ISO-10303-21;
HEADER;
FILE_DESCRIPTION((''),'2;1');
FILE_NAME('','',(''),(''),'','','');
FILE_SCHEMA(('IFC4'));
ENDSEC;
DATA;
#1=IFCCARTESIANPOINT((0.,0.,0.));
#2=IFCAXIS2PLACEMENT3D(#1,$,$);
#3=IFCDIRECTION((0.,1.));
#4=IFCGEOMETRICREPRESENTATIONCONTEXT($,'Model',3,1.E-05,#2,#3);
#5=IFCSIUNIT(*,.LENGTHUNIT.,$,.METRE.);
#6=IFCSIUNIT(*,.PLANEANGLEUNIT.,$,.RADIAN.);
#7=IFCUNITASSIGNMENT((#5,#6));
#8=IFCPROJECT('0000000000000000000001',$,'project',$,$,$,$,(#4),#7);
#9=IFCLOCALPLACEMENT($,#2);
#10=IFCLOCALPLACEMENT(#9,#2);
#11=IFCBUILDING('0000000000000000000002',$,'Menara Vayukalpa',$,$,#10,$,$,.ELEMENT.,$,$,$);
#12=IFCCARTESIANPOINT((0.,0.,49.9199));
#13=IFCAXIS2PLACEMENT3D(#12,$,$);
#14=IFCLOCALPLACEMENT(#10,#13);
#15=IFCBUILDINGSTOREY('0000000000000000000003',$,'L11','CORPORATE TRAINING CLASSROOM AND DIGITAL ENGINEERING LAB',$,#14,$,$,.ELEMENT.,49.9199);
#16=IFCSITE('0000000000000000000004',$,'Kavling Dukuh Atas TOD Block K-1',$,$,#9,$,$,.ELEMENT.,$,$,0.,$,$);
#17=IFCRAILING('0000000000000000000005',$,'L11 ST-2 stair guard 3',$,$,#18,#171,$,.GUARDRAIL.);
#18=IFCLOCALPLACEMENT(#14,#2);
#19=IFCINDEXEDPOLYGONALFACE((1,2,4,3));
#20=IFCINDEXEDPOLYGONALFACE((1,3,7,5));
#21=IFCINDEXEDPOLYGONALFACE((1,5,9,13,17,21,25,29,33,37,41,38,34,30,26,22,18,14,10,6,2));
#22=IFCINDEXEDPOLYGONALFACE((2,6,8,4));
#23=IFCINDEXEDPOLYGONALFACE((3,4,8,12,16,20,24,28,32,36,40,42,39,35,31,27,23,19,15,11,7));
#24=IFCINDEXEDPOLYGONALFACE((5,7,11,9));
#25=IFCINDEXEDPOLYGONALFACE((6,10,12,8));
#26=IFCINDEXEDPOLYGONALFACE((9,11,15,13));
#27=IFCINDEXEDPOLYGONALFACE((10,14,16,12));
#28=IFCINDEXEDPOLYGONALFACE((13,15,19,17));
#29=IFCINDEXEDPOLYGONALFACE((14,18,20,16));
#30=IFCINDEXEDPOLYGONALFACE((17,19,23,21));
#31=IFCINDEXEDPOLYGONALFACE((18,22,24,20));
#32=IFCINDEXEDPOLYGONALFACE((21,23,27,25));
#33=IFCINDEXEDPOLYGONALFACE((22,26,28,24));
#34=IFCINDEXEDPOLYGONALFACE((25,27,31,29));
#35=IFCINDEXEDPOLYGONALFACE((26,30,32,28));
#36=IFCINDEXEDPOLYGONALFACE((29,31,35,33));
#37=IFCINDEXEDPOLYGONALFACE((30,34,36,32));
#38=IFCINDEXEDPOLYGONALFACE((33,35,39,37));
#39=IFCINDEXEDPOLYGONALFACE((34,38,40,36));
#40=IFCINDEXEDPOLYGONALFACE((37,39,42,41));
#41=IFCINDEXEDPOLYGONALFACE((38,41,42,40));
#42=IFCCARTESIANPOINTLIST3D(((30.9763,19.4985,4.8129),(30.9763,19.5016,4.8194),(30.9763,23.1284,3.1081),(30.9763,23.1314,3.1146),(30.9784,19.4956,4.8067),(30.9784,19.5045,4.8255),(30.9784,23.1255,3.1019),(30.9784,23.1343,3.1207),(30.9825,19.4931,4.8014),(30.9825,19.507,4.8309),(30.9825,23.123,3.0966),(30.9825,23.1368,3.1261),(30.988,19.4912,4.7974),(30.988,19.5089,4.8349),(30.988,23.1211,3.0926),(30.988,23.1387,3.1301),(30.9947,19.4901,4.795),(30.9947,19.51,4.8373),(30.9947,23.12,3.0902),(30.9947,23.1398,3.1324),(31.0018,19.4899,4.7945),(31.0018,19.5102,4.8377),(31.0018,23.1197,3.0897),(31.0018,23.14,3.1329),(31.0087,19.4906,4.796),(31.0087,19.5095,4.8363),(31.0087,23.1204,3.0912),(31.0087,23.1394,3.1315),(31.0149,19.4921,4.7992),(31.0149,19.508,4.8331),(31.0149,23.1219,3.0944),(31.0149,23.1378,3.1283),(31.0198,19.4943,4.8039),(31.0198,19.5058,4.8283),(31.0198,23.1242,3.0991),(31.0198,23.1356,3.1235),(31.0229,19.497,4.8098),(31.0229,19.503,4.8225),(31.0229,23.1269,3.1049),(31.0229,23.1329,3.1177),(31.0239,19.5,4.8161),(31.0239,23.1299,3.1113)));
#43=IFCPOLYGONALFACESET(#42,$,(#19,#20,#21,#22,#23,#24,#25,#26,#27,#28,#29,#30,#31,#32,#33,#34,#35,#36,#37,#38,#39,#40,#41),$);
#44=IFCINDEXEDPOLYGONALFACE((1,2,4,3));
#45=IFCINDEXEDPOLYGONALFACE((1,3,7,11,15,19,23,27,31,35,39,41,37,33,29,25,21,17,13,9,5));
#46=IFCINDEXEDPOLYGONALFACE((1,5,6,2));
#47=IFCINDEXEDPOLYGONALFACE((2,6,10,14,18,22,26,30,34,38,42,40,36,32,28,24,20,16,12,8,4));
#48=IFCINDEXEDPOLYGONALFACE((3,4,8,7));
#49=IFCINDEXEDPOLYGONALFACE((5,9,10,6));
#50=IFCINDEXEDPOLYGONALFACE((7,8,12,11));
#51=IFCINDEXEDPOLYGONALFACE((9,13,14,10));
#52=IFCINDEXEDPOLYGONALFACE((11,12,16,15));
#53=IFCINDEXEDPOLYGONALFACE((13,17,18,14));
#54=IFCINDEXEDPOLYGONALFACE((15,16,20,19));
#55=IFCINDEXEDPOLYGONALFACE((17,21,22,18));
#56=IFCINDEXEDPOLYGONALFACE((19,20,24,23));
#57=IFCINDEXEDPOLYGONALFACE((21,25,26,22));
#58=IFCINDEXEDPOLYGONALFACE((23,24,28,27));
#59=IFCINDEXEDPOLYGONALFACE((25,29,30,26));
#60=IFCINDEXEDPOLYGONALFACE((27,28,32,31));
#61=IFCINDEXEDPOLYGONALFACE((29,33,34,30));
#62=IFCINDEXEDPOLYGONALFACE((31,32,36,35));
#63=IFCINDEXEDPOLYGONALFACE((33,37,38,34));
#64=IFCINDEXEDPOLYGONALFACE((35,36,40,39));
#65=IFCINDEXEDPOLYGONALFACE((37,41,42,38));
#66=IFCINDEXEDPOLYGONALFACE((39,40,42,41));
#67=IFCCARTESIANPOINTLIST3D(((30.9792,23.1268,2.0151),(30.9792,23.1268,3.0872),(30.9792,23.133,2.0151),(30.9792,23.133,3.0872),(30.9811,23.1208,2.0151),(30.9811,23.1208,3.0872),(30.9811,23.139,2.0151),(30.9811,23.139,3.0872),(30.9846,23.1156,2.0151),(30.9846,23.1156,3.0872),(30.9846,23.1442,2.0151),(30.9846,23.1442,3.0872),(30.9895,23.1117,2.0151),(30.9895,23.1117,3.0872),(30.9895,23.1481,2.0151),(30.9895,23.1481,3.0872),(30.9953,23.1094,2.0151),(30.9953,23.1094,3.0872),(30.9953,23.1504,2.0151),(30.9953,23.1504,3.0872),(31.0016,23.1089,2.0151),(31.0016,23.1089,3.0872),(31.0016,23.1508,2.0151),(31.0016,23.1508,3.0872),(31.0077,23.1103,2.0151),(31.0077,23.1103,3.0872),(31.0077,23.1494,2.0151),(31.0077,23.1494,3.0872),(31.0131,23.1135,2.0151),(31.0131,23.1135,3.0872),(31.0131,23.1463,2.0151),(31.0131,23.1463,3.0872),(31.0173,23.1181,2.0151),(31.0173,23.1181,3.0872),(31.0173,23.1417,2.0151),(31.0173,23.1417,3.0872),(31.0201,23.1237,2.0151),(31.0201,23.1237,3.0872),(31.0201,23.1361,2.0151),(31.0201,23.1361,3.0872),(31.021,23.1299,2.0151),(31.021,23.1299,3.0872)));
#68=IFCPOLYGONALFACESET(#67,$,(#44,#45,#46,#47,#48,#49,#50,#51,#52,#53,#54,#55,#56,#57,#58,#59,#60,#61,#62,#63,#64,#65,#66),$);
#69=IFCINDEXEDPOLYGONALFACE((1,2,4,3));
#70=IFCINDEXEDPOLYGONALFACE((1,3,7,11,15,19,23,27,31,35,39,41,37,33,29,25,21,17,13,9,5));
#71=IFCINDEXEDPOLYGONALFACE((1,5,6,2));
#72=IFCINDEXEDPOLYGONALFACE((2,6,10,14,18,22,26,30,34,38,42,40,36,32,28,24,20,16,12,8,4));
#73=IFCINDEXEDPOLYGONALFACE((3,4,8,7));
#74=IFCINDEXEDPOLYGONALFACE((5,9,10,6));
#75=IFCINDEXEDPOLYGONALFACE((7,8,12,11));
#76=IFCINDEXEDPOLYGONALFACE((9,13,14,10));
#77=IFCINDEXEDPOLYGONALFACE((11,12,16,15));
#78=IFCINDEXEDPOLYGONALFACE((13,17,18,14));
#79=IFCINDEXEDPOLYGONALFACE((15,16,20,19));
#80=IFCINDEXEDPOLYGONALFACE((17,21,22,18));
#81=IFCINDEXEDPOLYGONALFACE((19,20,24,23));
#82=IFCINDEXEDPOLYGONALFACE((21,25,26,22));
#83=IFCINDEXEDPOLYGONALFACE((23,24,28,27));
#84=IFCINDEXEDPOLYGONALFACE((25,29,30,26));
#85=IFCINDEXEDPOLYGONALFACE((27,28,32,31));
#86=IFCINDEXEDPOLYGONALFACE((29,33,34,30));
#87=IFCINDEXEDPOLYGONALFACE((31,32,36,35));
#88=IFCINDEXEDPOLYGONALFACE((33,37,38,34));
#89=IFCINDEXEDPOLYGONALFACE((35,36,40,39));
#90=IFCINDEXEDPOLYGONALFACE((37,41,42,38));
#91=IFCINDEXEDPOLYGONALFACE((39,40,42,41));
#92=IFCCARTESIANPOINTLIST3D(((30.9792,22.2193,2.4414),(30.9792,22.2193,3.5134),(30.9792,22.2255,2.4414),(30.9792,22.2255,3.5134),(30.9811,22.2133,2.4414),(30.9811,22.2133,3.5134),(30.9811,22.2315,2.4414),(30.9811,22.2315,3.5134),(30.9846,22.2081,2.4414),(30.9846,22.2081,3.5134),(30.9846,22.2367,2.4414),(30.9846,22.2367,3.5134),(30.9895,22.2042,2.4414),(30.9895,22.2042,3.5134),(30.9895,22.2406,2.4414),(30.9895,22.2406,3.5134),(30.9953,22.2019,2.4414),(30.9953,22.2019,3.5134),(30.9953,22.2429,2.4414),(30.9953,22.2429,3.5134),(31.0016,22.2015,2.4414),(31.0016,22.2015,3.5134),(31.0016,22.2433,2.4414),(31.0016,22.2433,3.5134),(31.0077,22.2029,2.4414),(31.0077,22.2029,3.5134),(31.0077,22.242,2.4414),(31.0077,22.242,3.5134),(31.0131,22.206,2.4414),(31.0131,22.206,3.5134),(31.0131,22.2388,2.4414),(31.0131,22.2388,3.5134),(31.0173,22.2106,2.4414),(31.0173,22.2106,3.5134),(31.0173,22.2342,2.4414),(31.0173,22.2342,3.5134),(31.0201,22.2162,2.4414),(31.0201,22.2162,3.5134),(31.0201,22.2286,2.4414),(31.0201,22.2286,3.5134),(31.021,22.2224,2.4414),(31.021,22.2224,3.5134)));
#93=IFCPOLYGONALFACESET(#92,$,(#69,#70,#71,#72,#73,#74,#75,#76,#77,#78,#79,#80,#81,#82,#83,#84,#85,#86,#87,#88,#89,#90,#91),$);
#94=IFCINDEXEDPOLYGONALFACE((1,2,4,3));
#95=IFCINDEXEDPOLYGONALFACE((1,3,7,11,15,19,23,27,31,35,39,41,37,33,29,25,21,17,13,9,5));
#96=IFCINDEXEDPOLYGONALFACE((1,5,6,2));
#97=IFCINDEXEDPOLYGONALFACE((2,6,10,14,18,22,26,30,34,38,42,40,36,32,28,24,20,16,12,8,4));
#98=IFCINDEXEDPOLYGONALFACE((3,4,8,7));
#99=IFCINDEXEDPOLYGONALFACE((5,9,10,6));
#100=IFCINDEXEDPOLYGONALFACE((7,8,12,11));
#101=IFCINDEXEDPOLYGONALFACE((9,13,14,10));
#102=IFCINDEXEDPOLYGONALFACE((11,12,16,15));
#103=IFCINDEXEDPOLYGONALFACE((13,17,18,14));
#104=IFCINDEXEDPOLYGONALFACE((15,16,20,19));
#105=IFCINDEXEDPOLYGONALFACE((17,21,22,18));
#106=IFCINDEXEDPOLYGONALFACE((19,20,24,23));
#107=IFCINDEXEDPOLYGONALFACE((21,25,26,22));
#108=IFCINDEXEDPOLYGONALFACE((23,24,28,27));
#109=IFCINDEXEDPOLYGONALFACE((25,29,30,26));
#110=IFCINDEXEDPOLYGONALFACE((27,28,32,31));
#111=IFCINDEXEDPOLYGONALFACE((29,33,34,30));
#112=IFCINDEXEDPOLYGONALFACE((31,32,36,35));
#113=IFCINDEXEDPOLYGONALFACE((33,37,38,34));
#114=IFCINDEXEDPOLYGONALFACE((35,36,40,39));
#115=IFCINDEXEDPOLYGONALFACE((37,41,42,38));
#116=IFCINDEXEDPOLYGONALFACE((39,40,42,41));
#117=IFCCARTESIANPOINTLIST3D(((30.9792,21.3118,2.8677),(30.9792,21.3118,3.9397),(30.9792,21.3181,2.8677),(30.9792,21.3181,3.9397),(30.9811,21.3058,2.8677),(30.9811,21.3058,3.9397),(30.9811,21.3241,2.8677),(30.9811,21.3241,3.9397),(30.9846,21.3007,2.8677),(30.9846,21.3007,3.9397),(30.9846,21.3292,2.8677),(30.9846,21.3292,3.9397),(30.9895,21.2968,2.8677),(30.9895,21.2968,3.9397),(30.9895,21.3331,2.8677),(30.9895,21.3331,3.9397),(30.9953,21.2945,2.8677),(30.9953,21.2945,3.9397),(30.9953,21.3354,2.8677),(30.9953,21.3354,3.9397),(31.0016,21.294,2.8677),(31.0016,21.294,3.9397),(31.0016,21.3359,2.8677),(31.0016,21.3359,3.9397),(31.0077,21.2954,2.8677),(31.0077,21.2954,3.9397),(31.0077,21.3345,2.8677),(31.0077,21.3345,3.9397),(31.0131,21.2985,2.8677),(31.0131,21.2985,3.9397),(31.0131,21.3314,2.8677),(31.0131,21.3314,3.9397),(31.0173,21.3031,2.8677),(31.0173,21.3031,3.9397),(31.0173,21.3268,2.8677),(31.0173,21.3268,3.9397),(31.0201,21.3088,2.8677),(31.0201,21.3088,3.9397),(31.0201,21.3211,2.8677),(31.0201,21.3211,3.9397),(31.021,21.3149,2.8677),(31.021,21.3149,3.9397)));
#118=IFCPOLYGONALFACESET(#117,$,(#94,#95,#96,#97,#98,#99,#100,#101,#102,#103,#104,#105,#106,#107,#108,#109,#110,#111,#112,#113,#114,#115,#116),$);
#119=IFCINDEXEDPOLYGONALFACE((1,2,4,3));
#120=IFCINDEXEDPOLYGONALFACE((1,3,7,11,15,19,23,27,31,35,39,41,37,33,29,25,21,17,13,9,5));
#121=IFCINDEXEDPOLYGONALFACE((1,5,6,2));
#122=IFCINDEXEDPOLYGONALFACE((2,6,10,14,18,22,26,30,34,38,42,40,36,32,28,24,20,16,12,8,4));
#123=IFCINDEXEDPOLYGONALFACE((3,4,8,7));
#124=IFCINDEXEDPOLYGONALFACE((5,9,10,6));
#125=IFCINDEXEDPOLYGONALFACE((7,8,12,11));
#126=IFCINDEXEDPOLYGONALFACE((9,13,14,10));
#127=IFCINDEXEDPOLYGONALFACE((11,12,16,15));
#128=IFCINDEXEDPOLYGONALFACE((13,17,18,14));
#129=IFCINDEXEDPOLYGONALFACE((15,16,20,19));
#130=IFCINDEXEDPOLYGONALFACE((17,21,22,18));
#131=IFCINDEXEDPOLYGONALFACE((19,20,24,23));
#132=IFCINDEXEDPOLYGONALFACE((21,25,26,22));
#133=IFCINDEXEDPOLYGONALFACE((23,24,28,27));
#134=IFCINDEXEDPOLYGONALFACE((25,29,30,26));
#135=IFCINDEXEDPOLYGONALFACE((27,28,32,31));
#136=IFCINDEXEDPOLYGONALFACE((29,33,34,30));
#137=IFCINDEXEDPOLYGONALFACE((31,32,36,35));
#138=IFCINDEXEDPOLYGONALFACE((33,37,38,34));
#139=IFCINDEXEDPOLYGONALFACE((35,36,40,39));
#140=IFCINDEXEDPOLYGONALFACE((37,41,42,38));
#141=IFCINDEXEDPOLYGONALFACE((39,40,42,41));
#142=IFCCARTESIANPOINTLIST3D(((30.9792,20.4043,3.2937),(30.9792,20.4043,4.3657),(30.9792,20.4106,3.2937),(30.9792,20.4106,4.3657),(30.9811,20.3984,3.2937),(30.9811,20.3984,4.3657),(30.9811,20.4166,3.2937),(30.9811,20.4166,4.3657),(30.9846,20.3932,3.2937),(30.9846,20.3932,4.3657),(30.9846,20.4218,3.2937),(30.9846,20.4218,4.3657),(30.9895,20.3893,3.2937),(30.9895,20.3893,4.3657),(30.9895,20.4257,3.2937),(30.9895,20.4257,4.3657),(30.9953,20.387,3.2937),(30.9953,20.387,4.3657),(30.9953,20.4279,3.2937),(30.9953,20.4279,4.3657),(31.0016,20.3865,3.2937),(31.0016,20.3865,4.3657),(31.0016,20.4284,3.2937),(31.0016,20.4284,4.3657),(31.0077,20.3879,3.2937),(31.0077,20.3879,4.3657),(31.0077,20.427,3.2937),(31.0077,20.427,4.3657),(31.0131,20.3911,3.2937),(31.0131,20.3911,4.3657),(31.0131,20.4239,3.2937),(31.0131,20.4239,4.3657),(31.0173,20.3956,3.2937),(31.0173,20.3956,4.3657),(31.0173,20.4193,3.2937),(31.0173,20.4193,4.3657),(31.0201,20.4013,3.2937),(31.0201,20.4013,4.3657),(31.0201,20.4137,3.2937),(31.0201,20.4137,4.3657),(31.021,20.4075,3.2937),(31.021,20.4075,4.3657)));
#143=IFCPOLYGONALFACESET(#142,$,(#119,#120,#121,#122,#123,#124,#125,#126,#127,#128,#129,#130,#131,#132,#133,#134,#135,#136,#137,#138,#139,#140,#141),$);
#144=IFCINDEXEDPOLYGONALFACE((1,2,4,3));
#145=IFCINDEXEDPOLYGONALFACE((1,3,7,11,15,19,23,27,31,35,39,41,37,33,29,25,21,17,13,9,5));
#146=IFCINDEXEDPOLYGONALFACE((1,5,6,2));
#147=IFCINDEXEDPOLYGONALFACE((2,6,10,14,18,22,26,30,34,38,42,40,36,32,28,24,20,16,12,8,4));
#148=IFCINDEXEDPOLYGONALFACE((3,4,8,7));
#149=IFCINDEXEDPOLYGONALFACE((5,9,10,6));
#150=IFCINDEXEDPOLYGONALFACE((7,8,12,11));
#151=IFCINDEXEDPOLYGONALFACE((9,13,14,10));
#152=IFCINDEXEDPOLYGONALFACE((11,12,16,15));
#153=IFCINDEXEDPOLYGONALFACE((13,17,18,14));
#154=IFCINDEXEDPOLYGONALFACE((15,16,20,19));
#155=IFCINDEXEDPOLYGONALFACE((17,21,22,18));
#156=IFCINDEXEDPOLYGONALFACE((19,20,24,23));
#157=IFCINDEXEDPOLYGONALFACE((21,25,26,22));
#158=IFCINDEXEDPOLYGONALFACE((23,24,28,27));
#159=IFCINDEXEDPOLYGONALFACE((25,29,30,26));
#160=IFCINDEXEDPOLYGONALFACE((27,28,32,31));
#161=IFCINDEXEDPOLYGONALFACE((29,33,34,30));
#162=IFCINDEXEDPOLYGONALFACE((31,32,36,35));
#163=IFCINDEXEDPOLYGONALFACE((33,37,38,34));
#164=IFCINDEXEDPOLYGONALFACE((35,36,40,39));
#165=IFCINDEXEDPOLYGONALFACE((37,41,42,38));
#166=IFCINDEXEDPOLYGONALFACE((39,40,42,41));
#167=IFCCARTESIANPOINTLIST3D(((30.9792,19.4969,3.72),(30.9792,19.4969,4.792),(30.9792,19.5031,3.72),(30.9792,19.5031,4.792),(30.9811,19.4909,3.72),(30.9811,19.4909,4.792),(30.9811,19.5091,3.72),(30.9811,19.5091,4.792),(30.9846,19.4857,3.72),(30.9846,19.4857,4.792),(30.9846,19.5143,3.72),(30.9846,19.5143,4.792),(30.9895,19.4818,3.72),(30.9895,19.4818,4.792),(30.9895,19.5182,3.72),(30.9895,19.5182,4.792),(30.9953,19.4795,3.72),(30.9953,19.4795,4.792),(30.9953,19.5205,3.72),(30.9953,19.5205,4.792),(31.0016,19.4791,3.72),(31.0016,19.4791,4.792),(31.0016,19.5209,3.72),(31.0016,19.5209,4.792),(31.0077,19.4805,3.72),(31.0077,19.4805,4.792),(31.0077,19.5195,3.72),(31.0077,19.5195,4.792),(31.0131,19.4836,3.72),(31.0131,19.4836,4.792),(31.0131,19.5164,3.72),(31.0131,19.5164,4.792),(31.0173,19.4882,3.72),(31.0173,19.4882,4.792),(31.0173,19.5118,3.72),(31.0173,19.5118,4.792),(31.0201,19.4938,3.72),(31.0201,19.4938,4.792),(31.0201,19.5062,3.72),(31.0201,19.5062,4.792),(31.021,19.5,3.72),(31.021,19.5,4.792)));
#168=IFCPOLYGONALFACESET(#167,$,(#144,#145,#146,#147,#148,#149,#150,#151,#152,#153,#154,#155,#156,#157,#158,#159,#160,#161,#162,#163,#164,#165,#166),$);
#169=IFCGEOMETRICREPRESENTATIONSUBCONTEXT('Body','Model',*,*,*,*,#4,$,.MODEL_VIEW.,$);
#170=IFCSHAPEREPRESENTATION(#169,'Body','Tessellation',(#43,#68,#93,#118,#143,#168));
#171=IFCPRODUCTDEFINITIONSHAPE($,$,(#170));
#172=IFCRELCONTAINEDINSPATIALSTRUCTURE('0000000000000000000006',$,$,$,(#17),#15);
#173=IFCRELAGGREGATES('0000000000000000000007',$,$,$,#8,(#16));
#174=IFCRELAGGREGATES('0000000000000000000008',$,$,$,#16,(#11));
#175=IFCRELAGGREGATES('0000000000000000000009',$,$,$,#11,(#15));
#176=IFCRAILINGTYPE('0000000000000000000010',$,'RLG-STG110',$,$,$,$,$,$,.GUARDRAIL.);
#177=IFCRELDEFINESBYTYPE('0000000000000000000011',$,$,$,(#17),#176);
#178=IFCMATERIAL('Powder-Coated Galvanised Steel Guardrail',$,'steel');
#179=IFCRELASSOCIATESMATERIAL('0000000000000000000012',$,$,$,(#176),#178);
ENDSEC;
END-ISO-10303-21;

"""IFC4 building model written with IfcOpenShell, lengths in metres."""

from ifc_helpers import new_model, si_unit, direction, frame, origin, origin_2d, place, context, subcontext, project, spatial, circle, extrude, material, type_object, element, save


model = new_model("IFC4")

# Units and contexts
model_context = context("Model", 3, precision=1e-05, world=origin(), true_north=direction((0.0, 1.0)))
body_context = subcontext(model_context, "Body", "Model", "MODEL_VIEW")
ifc_project = project(units=[si_unit("LENGTHUNIT", "METRE"), si_unit("PLANEANGLEUNIT", "RADIAN")], contexts=[model_context])

# Site, building, storey
site_placement = place(None, origin())
site = spatial("IfcSite", under=ifc_project, at=site_placement, Name="Kavling Dukuh Atas TOD Block K-1", CompositionType="ELEMENT", RefElevation=0.0)
building_placement = place(site_placement, origin())
building = spatial("IfcBuilding", under=site, at=building_placement, Name="Menara Vayukalpa", CompositionType="ELEMENT")
storey_placement = place(building_placement, frame((0.0, 0.0, 49.9199)))
storey = spatial("IfcBuildingStorey", under=building, at=storey_placement, Name="L11", Description="CORPORATE TRAINING CLASSROOM AND DIGITAL ENGINEERING LAB", CompositionType="ELEMENT", Elevation=49.9199)

# Railing
ifc_material_1 = material(Name="Powder-Coated Galvanised Steel Guardrail", Category="steel")
railing_type_1 = type_object("IfcRailingType", Name="RLG-STG110", PredefinedType="GUARDRAIL", material=ifc_material_1)
railing_1_placement = place(storey_placement, frame((31.0, 23.1299, 2.0151)))
element("IfcRailing", 1, at=railing_1_placement, inside=storey, type_object=railing_type_1, Name="L11 ST-2 stair guard 3", PredefinedType="GUARDRAIL", context=body_context, shape_type="SweptSolid", body=[
    extrude(circle(Radius=0.0239, at=origin_2d()), frame((0.0, 0.0, 1.0962), z_axis=(0.0, -0.90514, 0.425114), x_axis=(1.0, 0.0, 0.0)), (0.0, 0.0, 1.0), 4.0103),
    extrude(circle(Radius=0.021, at=origin_2d()), origin(), (0.0, 0.0, 1.0), 1.072),
    extrude(circle(Radius=0.021, at=origin_2d()), frame((0.0, -0.9075, 0.4263)), (0.0, 0.0, 1.0), 1.072),
    extrude(circle(Radius=0.021, at=origin_2d()), frame((0.0, -1.8149, 0.8525)), (0.0, 0.0, 1.0), 1.072),
    extrude(circle(Radius=0.021, at=origin_2d()), frame((0.0, -2.7224, 1.2786)), (0.0, 0.0, 1.0), 1.072),
    extrude(circle(Radius=0.021, at=origin_2d()), frame((0.0, -3.6299, 1.7048)), (0.0, 0.0, 1.0), 1.072),
])

save(model, "model.ifc")
